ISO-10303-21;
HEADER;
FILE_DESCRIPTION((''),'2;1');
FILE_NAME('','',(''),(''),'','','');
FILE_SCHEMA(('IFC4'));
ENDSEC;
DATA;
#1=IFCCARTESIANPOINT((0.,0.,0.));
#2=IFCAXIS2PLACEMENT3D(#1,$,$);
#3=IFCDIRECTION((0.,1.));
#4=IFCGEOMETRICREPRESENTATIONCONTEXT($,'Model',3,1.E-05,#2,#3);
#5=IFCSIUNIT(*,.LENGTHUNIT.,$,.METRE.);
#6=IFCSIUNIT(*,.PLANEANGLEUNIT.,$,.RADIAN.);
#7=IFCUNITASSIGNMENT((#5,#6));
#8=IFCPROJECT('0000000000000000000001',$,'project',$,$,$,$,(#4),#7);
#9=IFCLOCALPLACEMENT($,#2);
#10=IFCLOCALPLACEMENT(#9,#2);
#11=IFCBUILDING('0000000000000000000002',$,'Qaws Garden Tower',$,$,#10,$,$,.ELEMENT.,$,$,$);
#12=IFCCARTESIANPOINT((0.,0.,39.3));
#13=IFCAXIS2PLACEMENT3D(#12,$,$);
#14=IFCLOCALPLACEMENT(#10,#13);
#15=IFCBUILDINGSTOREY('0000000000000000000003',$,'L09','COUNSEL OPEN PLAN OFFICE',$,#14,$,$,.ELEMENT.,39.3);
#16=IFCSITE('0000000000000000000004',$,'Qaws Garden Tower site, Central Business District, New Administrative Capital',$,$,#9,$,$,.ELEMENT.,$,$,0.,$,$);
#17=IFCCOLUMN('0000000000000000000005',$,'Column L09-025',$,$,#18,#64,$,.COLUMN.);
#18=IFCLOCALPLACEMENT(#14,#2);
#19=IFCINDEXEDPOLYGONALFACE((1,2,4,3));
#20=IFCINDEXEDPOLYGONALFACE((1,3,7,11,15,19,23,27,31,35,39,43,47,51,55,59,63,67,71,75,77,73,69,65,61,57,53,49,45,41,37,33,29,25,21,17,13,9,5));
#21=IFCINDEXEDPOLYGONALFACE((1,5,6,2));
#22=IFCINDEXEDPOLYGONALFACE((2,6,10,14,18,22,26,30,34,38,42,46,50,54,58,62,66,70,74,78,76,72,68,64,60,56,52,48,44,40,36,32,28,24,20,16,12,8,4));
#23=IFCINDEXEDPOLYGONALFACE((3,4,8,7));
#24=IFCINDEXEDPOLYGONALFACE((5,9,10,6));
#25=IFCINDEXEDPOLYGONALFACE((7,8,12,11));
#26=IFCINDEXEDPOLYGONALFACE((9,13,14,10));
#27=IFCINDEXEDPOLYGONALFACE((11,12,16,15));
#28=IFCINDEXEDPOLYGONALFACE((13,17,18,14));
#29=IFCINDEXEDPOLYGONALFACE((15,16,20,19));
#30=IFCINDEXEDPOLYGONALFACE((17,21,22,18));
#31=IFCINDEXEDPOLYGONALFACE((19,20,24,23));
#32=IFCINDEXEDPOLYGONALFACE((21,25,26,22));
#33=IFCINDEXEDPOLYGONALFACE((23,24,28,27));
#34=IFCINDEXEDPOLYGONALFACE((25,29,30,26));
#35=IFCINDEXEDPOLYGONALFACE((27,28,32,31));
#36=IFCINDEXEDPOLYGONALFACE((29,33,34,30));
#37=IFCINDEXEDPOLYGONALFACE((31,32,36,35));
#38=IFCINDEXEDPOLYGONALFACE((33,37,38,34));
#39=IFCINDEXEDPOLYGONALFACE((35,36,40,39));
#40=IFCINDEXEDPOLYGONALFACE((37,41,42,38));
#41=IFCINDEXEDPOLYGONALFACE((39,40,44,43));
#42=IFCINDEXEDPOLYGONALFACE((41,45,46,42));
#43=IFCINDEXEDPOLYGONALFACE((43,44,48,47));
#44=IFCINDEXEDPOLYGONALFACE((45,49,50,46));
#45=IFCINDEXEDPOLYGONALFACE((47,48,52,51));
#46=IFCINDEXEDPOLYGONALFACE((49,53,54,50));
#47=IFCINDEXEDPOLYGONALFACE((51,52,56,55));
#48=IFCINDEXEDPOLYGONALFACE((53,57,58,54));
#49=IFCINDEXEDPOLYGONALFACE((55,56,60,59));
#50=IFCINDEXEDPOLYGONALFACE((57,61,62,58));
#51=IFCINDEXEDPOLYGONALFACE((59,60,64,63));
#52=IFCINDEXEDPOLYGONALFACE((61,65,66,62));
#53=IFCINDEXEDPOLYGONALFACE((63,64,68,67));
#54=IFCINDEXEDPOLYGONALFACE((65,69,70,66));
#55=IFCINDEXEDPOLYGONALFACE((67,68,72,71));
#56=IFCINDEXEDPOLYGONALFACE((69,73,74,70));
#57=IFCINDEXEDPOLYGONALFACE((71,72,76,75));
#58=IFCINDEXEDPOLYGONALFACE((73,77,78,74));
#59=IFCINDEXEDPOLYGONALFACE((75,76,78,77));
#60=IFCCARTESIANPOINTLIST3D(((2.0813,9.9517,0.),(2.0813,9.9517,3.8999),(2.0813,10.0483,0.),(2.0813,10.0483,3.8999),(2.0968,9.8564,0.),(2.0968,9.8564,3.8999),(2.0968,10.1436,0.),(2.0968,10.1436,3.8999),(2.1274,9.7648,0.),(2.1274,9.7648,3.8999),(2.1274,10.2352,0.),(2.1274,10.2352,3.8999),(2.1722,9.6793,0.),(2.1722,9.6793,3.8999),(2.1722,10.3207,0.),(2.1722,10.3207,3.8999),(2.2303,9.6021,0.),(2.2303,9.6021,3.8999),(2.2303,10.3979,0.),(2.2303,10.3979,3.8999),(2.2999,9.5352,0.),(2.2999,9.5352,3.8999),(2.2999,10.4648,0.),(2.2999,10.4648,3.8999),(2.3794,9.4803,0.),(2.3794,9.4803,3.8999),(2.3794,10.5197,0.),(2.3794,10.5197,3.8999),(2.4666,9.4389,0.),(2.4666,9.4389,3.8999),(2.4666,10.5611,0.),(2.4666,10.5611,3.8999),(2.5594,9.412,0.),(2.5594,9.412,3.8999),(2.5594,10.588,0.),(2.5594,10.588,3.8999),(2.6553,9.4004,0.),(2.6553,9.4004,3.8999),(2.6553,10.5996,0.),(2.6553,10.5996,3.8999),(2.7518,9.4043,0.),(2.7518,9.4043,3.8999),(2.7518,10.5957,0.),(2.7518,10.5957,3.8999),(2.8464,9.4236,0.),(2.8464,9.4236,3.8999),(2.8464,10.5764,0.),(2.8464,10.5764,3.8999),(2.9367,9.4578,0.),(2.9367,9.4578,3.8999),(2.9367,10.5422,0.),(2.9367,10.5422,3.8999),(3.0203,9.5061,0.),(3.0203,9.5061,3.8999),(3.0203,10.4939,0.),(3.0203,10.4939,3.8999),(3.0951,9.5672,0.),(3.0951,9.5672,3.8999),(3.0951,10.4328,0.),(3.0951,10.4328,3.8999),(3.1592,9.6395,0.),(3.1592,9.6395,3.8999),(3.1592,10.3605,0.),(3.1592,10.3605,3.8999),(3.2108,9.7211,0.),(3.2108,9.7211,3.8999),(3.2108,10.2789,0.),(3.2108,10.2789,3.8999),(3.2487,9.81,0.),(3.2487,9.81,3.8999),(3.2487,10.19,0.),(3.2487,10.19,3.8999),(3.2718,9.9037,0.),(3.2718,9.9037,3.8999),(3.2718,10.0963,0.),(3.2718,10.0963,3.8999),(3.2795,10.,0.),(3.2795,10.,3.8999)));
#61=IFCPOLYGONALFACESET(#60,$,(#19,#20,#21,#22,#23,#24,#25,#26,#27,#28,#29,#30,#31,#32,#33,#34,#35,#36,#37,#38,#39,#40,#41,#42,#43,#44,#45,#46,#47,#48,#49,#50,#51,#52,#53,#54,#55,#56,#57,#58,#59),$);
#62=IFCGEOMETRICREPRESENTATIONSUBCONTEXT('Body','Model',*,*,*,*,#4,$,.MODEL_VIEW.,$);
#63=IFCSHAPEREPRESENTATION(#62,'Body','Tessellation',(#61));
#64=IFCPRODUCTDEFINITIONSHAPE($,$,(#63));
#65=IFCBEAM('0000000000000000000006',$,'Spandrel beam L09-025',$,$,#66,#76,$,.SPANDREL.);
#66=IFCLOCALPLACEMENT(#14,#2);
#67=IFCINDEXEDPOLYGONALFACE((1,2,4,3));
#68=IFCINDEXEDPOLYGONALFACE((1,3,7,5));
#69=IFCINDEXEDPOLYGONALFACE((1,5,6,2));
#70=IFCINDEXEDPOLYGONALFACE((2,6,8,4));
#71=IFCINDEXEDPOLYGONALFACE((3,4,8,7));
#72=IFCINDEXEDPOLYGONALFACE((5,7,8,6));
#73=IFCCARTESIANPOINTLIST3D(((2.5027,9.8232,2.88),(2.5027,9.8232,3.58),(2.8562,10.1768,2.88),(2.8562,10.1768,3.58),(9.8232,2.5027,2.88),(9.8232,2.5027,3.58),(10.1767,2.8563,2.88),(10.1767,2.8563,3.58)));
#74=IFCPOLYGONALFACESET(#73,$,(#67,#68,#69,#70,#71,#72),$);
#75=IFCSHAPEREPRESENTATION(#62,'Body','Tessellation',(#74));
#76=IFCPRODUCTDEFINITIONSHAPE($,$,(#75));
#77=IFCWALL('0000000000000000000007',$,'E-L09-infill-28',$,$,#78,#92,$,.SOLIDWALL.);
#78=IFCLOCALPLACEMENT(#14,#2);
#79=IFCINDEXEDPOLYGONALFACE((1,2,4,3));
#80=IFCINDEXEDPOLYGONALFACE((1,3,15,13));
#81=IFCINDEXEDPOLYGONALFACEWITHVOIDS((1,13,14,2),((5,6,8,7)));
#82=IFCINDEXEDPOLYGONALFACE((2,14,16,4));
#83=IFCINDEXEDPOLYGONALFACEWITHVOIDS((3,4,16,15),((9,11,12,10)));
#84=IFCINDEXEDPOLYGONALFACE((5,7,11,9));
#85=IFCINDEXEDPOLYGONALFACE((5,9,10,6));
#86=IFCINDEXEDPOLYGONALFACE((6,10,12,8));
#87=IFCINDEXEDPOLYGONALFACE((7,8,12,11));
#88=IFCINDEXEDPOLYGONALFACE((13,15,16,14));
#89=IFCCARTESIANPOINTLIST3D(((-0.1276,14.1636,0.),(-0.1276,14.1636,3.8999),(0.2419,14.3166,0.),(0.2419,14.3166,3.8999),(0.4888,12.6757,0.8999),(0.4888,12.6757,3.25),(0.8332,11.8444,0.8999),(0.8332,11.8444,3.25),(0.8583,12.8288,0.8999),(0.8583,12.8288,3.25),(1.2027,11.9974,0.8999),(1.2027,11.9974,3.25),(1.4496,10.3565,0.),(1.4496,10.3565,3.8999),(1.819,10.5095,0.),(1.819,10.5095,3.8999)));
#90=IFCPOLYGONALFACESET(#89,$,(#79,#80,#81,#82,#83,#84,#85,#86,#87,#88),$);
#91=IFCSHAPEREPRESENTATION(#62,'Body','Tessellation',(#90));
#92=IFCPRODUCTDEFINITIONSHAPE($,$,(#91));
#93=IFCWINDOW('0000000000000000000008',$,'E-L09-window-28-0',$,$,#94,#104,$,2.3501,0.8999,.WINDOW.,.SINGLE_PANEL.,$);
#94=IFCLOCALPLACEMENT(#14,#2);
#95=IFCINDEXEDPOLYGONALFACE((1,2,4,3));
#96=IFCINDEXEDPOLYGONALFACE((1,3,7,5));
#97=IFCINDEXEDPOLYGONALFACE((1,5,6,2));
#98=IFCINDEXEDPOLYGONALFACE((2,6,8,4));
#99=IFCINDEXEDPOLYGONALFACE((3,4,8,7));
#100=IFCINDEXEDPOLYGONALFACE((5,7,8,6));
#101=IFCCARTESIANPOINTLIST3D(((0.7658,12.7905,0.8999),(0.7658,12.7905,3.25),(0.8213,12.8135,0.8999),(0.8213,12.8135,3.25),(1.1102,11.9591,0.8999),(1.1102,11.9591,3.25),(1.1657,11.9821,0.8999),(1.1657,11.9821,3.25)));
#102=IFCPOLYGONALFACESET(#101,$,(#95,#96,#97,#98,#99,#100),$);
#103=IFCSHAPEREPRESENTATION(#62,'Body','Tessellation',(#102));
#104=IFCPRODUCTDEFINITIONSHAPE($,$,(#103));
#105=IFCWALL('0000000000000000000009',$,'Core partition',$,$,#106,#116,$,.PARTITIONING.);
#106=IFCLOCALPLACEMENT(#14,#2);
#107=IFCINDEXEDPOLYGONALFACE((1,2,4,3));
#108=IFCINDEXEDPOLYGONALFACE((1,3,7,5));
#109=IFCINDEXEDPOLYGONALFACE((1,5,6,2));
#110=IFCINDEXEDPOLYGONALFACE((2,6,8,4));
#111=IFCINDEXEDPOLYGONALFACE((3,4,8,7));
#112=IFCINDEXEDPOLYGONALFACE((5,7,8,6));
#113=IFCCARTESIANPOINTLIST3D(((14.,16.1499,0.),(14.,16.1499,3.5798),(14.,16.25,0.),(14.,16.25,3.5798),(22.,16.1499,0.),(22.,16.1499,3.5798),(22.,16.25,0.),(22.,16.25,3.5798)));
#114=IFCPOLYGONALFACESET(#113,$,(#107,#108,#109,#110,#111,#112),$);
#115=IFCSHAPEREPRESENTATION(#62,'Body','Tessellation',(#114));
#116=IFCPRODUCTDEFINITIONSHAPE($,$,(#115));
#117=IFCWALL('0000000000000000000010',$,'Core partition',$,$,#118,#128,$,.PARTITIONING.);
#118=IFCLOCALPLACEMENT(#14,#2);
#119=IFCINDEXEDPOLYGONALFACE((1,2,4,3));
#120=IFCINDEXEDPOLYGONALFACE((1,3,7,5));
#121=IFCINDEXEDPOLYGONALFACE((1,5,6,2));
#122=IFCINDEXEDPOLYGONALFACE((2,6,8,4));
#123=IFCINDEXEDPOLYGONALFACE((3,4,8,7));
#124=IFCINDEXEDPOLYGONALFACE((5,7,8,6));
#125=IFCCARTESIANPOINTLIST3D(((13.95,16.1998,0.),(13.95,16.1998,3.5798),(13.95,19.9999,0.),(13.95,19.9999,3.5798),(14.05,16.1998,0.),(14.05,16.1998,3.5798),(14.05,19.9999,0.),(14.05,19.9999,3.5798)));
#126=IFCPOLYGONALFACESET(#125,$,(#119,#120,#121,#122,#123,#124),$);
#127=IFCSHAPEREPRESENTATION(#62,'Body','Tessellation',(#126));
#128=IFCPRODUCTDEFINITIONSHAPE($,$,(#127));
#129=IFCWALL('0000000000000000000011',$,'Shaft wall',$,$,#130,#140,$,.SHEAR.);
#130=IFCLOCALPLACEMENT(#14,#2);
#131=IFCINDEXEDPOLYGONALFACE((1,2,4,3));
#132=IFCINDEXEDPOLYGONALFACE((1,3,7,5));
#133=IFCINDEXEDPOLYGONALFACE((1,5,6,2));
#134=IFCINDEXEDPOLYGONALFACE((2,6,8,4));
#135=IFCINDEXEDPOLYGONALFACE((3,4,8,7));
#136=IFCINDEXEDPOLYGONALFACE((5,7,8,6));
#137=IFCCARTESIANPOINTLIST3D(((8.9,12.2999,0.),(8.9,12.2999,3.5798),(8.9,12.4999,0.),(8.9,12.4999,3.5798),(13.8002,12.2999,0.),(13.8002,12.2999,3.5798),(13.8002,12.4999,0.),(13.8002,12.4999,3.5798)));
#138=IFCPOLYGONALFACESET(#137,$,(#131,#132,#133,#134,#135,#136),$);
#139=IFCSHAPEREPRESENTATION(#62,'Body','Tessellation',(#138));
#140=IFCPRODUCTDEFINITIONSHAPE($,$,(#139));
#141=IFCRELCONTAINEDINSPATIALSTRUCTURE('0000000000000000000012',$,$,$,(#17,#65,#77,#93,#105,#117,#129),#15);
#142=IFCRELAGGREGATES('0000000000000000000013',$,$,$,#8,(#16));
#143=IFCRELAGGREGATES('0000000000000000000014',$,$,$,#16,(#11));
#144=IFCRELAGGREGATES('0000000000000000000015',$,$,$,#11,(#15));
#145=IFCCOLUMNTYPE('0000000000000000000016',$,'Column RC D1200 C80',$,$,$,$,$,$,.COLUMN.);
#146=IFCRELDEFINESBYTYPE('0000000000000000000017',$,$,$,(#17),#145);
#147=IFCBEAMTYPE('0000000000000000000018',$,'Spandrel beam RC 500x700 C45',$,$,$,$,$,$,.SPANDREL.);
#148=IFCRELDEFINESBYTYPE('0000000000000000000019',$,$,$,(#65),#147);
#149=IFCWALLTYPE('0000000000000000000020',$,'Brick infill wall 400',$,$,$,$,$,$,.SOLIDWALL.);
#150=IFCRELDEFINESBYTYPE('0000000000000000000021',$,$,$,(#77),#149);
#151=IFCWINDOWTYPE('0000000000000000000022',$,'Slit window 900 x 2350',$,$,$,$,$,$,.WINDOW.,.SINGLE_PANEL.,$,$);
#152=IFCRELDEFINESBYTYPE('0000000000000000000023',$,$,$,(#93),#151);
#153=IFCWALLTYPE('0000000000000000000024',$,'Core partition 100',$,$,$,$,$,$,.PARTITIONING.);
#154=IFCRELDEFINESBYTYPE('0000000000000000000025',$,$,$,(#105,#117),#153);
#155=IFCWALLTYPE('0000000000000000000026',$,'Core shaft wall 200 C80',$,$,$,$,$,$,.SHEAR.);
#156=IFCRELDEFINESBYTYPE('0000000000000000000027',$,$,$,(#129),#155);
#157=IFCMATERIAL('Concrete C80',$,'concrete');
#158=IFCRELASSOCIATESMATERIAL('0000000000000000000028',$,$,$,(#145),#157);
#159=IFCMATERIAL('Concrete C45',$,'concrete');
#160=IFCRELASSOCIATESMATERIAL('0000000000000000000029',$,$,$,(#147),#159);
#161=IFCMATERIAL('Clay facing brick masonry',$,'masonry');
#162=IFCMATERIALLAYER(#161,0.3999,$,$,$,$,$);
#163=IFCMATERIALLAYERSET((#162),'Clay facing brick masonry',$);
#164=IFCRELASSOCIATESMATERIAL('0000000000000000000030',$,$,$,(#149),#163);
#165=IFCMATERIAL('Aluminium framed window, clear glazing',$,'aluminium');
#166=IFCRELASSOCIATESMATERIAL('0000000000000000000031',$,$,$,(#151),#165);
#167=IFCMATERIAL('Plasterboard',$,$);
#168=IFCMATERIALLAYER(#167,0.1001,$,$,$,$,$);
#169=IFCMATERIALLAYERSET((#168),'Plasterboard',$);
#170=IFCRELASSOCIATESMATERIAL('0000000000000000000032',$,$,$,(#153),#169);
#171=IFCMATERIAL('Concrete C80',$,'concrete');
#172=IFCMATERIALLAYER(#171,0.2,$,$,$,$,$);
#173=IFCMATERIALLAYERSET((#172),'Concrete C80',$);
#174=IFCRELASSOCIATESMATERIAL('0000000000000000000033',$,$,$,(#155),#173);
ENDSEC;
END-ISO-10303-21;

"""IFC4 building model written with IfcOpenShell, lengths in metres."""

from ifc_helpers import new_model, si_unit, direction, frame, frame_2d, origin, origin_2d, place, context, subcontext, project, spatial, rectangle, circle, extrude, material, layer, layer_set, material_profile, profile_set, type_object, element, fill, save


model = new_model("IFC4")

# Units and contexts
model_context = context("Model", 3, precision=1e-05, world=origin(), true_north=direction((0.0, 1.0)))
body_context = subcontext(model_context, "Body", "Model", "MODEL_VIEW")
ifc_project = project(units=[si_unit("LENGTHUNIT", "METRE"), si_unit("PLANEANGLEUNIT", "RADIAN")], contexts=[model_context])

# Site, building, storey
site_placement = place(None, origin())
site = spatial("IfcSite", under=ifc_project, at=site_placement, Name="Qaws Garden Tower site, Central Business District, New Administrative Capital", CompositionType="ELEMENT", RefElevation=0.0)
building_placement = place(site_placement, origin())
building = spatial("IfcBuilding", under=site, at=building_placement, Name="Qaws Garden Tower", CompositionType="ELEMENT")
storey_placement = place(building_placement, frame((0.0, 0.0, 39.3)))
storey = spatial("IfcBuildingStorey", under=building, at=storey_placement, Name="L09", Description="COUNSEL OPEN PLAN OFFICE", CompositionType="ELEMENT", Elevation=39.3)

# Column
ifc_material_1 = material(Name="Concrete C80", Category="concrete")
ifc_material_profile_1 = material_profile(ifc_material_1, circle(Radius=0.6001, at=origin_2d()), Name="RC D1200")
ifc_profile_set_1 = profile_set([ifc_material_profile_1], Name="Concrete C80")
column_type = type_object("IfcColumnType", Name="Column RC D1200 C80", PredefinedType="COLUMN", material=ifc_profile_set_1)
column_placement = place(storey_placement, frame((2.6794, 10.0, 0.0), z_axis=(0.0, 0.0, 1.0), x_axis=(1.0, 0.0, 0.0)))
element("IfcColumn", 1, at=column_placement, inside=storey, type_object=column_type, Name="Column L09-025", PredefinedType="COLUMN", context=body_context, shape_type="SweptSolid", body=[
    extrude(circle(Radius=0.6001, at=origin_2d()), origin(), (0.0, 0.0, 1.0), 3.8999),
])

# Beam
ifc_material_2 = material(Name="Concrete C45", Category="concrete")
ifc_material_profile_2 = material_profile(ifc_material_2, rectangle(XDim=0.5, YDim=0.7, at=origin_2d()), Name="RC 500x700")
ifc_profile_set_2 = profile_set([ifc_material_profile_2], Name="Concrete C45")
beam_type = type_object("IfcBeamType", Name="Spandrel beam RC 500x700 C45", PredefinedType="SPANDREL", material=ifc_profile_set_2)
beam_placement = place(storey_placement, frame((2.6794, 10.0, 3.23), z_axis=(0.707107, -0.707107, 0.0), x_axis=(0.707107, 0.707107, 0.0)))
element("IfcBeam", 2, at=beam_placement, inside=storey, type_object=beam_type, Name="Spandrel beam L09-025", PredefinedType="SPANDREL", context=body_context, shape_type="SweptSolid", body=[
    extrude(rectangle(XDim=0.5, YDim=0.7, at=origin_2d()), origin(), (0.0, 0.0, 1.0), 10.3528),
])

# Wall, opening, window
ifc_material_3 = material(Name="Clay facing brick masonry", Category="masonry")
ifc_layer_1 = layer(ifc_material_3, 0.3999)
ifc_layer_set_1 = layer_set([ifc_layer_1], Name="Clay facing brick masonry")
wall_type_1 = type_object("IfcWallType", Name="Brick infill wall 400", PredefinedType="SOLIDWALL", material=ifc_layer_set_1)
wall_1_placement = place(storey_placement, frame((0.0571, 14.2402, 0.0), z_axis=(0.0, 0.0, 1.0), x_axis=(0.382722, -0.923864, 0.0)))
wall_1 = element("IfcWall", 3, at=wall_1_placement, inside=storey, type_object=wall_type_1, Name="E-L09-infill-28", PredefinedType="SOLIDWALL", context=body_context, shape_type="SweptSolid", body=[
    extrude(rectangle(XDim=4.1208, YDim=0.3999, at=frame_2d((2.0605, 0.0))), origin(), (0.0, 0.0, 1.0), 3.8999),
])
opening_1_placement = place(wall_1_placement, frame((1.6106, 0.0, 0.8999)))
opening_1 = element("IfcOpeningElement", 4, at=opening_1_placement, cuts=wall_1, PredefinedType="OPENING", context=body_context, shape_type="SweptSolid", body=[
    extrude(rectangle(XDim=0.8999, YDim=2.3501, at=frame_2d((0.45, 1.175))), frame((0.0, 0.21, 0.0), z_axis=(0.0, -1.0, 0.0), x_axis=(1.0, 0.0, 0.0)), (0.0, 0.0, 1.0), 0.4199),
])
ifc_material_4 = material(Name="Aluminium framed window, clear glazing", Category="aluminium")
window_type = type_object("IfcWindowType", Name="Slit window 900 x 2350", PartitioningType="SINGLE_PANEL", PredefinedType="WINDOW", material=ifc_material_4)
window_placement = place(opening_1_placement, origin())
window = element("IfcWindow", 5, at=window_placement, inside=storey, type_object=window_type, Name="E-L09-window-28-0", OverallHeight=2.3501, OverallWidth=0.8999, PartitioningType="SINGLE_PANEL", PredefinedType="WINDOW", context=body_context, shape_type="SweptSolid", body=[
    extrude(rectangle(XDim=0.8999, YDim=2.3501, at=frame_2d((0.45, 1.175))), frame((0.0, 0.1599, 0.0), z_axis=(0.0, -1.0, 0.0), x_axis=(1.0, 0.0, 0.0)), (0.0, 0.0, 1.0), 0.0601),
])
fill(opening_1, window)

# Walls
ifc_material_5 = material(Name="Plasterboard")
ifc_layer_2 = layer(ifc_material_5, 0.1001)
ifc_layer_set_2 = layer_set([ifc_layer_2], Name="Plasterboard")
wall_type_2 = type_object("IfcWallType", Name="Core partition 100", PredefinedType="PARTITIONING", material=ifc_layer_set_2)
wall_2_placement = place(storey_placement, frame((14.0, 16.2, 0.0), z_axis=(0.0, 0.0, 1.0), x_axis=(1.0, 0.0, 0.0)))
element("IfcWall", 6, at=wall_2_placement, inside=storey, type_object=wall_type_2, Name="Core partition", PredefinedType="PARTITIONING", context=body_context, shape_type="SweptSolid", body=[
    extrude(rectangle(XDim=8.0, YDim=0.1001, at=frame_2d((4.0, 0.0))), origin(), (0.0, 0.0, 1.0), 3.5798),
])
wall_3_placement = place(storey_placement, frame((14.0, 16.2, 0.0), z_axis=(0.0, 0.0, 1.0), x_axis=(0.0, 1.0, 0.0)))
element("IfcWall", 7, at=wall_3_placement, inside=storey, type_object=wall_type_2, Name="Core partition", PredefinedType="PARTITIONING", context=body_context, shape_type="SweptSolid", body=[
    extrude(rectangle(XDim=3.8, YDim=0.1001, at=frame_2d((1.8999, 0.0))), origin(), (0.0, 0.0, 1.0), 3.5798),
])
ifc_material_6 = material(Name="Concrete C80", Category="concrete")
ifc_layer_3 = layer(ifc_material_6, 0.2)
ifc_layer_set_3 = layer_set([ifc_layer_3], Name="Concrete C80")
wall_type_3 = type_object("IfcWallType", Name="Core shaft wall 200 C80", PredefinedType="SHEAR", material=ifc_layer_set_3)
wall_4_placement = place(storey_placement, frame((8.8999, 12.3999, 0.0), z_axis=(0.0, 0.0, 1.0), x_axis=(1.0, 0.0, 0.0)))
element("IfcWall", 8, at=wall_4_placement, inside=storey, type_object=wall_type_3, Name="Shaft wall", PredefinedType="SHEAR", context=body_context, shape_type="SweptSolid", body=[
    extrude(rectangle(XDim=4.9001, YDim=0.2, at=frame_2d((2.4502, 0.0))), origin(), (0.0, 0.0, 1.0), 3.5798),
])

save(model, "model.ifc")
